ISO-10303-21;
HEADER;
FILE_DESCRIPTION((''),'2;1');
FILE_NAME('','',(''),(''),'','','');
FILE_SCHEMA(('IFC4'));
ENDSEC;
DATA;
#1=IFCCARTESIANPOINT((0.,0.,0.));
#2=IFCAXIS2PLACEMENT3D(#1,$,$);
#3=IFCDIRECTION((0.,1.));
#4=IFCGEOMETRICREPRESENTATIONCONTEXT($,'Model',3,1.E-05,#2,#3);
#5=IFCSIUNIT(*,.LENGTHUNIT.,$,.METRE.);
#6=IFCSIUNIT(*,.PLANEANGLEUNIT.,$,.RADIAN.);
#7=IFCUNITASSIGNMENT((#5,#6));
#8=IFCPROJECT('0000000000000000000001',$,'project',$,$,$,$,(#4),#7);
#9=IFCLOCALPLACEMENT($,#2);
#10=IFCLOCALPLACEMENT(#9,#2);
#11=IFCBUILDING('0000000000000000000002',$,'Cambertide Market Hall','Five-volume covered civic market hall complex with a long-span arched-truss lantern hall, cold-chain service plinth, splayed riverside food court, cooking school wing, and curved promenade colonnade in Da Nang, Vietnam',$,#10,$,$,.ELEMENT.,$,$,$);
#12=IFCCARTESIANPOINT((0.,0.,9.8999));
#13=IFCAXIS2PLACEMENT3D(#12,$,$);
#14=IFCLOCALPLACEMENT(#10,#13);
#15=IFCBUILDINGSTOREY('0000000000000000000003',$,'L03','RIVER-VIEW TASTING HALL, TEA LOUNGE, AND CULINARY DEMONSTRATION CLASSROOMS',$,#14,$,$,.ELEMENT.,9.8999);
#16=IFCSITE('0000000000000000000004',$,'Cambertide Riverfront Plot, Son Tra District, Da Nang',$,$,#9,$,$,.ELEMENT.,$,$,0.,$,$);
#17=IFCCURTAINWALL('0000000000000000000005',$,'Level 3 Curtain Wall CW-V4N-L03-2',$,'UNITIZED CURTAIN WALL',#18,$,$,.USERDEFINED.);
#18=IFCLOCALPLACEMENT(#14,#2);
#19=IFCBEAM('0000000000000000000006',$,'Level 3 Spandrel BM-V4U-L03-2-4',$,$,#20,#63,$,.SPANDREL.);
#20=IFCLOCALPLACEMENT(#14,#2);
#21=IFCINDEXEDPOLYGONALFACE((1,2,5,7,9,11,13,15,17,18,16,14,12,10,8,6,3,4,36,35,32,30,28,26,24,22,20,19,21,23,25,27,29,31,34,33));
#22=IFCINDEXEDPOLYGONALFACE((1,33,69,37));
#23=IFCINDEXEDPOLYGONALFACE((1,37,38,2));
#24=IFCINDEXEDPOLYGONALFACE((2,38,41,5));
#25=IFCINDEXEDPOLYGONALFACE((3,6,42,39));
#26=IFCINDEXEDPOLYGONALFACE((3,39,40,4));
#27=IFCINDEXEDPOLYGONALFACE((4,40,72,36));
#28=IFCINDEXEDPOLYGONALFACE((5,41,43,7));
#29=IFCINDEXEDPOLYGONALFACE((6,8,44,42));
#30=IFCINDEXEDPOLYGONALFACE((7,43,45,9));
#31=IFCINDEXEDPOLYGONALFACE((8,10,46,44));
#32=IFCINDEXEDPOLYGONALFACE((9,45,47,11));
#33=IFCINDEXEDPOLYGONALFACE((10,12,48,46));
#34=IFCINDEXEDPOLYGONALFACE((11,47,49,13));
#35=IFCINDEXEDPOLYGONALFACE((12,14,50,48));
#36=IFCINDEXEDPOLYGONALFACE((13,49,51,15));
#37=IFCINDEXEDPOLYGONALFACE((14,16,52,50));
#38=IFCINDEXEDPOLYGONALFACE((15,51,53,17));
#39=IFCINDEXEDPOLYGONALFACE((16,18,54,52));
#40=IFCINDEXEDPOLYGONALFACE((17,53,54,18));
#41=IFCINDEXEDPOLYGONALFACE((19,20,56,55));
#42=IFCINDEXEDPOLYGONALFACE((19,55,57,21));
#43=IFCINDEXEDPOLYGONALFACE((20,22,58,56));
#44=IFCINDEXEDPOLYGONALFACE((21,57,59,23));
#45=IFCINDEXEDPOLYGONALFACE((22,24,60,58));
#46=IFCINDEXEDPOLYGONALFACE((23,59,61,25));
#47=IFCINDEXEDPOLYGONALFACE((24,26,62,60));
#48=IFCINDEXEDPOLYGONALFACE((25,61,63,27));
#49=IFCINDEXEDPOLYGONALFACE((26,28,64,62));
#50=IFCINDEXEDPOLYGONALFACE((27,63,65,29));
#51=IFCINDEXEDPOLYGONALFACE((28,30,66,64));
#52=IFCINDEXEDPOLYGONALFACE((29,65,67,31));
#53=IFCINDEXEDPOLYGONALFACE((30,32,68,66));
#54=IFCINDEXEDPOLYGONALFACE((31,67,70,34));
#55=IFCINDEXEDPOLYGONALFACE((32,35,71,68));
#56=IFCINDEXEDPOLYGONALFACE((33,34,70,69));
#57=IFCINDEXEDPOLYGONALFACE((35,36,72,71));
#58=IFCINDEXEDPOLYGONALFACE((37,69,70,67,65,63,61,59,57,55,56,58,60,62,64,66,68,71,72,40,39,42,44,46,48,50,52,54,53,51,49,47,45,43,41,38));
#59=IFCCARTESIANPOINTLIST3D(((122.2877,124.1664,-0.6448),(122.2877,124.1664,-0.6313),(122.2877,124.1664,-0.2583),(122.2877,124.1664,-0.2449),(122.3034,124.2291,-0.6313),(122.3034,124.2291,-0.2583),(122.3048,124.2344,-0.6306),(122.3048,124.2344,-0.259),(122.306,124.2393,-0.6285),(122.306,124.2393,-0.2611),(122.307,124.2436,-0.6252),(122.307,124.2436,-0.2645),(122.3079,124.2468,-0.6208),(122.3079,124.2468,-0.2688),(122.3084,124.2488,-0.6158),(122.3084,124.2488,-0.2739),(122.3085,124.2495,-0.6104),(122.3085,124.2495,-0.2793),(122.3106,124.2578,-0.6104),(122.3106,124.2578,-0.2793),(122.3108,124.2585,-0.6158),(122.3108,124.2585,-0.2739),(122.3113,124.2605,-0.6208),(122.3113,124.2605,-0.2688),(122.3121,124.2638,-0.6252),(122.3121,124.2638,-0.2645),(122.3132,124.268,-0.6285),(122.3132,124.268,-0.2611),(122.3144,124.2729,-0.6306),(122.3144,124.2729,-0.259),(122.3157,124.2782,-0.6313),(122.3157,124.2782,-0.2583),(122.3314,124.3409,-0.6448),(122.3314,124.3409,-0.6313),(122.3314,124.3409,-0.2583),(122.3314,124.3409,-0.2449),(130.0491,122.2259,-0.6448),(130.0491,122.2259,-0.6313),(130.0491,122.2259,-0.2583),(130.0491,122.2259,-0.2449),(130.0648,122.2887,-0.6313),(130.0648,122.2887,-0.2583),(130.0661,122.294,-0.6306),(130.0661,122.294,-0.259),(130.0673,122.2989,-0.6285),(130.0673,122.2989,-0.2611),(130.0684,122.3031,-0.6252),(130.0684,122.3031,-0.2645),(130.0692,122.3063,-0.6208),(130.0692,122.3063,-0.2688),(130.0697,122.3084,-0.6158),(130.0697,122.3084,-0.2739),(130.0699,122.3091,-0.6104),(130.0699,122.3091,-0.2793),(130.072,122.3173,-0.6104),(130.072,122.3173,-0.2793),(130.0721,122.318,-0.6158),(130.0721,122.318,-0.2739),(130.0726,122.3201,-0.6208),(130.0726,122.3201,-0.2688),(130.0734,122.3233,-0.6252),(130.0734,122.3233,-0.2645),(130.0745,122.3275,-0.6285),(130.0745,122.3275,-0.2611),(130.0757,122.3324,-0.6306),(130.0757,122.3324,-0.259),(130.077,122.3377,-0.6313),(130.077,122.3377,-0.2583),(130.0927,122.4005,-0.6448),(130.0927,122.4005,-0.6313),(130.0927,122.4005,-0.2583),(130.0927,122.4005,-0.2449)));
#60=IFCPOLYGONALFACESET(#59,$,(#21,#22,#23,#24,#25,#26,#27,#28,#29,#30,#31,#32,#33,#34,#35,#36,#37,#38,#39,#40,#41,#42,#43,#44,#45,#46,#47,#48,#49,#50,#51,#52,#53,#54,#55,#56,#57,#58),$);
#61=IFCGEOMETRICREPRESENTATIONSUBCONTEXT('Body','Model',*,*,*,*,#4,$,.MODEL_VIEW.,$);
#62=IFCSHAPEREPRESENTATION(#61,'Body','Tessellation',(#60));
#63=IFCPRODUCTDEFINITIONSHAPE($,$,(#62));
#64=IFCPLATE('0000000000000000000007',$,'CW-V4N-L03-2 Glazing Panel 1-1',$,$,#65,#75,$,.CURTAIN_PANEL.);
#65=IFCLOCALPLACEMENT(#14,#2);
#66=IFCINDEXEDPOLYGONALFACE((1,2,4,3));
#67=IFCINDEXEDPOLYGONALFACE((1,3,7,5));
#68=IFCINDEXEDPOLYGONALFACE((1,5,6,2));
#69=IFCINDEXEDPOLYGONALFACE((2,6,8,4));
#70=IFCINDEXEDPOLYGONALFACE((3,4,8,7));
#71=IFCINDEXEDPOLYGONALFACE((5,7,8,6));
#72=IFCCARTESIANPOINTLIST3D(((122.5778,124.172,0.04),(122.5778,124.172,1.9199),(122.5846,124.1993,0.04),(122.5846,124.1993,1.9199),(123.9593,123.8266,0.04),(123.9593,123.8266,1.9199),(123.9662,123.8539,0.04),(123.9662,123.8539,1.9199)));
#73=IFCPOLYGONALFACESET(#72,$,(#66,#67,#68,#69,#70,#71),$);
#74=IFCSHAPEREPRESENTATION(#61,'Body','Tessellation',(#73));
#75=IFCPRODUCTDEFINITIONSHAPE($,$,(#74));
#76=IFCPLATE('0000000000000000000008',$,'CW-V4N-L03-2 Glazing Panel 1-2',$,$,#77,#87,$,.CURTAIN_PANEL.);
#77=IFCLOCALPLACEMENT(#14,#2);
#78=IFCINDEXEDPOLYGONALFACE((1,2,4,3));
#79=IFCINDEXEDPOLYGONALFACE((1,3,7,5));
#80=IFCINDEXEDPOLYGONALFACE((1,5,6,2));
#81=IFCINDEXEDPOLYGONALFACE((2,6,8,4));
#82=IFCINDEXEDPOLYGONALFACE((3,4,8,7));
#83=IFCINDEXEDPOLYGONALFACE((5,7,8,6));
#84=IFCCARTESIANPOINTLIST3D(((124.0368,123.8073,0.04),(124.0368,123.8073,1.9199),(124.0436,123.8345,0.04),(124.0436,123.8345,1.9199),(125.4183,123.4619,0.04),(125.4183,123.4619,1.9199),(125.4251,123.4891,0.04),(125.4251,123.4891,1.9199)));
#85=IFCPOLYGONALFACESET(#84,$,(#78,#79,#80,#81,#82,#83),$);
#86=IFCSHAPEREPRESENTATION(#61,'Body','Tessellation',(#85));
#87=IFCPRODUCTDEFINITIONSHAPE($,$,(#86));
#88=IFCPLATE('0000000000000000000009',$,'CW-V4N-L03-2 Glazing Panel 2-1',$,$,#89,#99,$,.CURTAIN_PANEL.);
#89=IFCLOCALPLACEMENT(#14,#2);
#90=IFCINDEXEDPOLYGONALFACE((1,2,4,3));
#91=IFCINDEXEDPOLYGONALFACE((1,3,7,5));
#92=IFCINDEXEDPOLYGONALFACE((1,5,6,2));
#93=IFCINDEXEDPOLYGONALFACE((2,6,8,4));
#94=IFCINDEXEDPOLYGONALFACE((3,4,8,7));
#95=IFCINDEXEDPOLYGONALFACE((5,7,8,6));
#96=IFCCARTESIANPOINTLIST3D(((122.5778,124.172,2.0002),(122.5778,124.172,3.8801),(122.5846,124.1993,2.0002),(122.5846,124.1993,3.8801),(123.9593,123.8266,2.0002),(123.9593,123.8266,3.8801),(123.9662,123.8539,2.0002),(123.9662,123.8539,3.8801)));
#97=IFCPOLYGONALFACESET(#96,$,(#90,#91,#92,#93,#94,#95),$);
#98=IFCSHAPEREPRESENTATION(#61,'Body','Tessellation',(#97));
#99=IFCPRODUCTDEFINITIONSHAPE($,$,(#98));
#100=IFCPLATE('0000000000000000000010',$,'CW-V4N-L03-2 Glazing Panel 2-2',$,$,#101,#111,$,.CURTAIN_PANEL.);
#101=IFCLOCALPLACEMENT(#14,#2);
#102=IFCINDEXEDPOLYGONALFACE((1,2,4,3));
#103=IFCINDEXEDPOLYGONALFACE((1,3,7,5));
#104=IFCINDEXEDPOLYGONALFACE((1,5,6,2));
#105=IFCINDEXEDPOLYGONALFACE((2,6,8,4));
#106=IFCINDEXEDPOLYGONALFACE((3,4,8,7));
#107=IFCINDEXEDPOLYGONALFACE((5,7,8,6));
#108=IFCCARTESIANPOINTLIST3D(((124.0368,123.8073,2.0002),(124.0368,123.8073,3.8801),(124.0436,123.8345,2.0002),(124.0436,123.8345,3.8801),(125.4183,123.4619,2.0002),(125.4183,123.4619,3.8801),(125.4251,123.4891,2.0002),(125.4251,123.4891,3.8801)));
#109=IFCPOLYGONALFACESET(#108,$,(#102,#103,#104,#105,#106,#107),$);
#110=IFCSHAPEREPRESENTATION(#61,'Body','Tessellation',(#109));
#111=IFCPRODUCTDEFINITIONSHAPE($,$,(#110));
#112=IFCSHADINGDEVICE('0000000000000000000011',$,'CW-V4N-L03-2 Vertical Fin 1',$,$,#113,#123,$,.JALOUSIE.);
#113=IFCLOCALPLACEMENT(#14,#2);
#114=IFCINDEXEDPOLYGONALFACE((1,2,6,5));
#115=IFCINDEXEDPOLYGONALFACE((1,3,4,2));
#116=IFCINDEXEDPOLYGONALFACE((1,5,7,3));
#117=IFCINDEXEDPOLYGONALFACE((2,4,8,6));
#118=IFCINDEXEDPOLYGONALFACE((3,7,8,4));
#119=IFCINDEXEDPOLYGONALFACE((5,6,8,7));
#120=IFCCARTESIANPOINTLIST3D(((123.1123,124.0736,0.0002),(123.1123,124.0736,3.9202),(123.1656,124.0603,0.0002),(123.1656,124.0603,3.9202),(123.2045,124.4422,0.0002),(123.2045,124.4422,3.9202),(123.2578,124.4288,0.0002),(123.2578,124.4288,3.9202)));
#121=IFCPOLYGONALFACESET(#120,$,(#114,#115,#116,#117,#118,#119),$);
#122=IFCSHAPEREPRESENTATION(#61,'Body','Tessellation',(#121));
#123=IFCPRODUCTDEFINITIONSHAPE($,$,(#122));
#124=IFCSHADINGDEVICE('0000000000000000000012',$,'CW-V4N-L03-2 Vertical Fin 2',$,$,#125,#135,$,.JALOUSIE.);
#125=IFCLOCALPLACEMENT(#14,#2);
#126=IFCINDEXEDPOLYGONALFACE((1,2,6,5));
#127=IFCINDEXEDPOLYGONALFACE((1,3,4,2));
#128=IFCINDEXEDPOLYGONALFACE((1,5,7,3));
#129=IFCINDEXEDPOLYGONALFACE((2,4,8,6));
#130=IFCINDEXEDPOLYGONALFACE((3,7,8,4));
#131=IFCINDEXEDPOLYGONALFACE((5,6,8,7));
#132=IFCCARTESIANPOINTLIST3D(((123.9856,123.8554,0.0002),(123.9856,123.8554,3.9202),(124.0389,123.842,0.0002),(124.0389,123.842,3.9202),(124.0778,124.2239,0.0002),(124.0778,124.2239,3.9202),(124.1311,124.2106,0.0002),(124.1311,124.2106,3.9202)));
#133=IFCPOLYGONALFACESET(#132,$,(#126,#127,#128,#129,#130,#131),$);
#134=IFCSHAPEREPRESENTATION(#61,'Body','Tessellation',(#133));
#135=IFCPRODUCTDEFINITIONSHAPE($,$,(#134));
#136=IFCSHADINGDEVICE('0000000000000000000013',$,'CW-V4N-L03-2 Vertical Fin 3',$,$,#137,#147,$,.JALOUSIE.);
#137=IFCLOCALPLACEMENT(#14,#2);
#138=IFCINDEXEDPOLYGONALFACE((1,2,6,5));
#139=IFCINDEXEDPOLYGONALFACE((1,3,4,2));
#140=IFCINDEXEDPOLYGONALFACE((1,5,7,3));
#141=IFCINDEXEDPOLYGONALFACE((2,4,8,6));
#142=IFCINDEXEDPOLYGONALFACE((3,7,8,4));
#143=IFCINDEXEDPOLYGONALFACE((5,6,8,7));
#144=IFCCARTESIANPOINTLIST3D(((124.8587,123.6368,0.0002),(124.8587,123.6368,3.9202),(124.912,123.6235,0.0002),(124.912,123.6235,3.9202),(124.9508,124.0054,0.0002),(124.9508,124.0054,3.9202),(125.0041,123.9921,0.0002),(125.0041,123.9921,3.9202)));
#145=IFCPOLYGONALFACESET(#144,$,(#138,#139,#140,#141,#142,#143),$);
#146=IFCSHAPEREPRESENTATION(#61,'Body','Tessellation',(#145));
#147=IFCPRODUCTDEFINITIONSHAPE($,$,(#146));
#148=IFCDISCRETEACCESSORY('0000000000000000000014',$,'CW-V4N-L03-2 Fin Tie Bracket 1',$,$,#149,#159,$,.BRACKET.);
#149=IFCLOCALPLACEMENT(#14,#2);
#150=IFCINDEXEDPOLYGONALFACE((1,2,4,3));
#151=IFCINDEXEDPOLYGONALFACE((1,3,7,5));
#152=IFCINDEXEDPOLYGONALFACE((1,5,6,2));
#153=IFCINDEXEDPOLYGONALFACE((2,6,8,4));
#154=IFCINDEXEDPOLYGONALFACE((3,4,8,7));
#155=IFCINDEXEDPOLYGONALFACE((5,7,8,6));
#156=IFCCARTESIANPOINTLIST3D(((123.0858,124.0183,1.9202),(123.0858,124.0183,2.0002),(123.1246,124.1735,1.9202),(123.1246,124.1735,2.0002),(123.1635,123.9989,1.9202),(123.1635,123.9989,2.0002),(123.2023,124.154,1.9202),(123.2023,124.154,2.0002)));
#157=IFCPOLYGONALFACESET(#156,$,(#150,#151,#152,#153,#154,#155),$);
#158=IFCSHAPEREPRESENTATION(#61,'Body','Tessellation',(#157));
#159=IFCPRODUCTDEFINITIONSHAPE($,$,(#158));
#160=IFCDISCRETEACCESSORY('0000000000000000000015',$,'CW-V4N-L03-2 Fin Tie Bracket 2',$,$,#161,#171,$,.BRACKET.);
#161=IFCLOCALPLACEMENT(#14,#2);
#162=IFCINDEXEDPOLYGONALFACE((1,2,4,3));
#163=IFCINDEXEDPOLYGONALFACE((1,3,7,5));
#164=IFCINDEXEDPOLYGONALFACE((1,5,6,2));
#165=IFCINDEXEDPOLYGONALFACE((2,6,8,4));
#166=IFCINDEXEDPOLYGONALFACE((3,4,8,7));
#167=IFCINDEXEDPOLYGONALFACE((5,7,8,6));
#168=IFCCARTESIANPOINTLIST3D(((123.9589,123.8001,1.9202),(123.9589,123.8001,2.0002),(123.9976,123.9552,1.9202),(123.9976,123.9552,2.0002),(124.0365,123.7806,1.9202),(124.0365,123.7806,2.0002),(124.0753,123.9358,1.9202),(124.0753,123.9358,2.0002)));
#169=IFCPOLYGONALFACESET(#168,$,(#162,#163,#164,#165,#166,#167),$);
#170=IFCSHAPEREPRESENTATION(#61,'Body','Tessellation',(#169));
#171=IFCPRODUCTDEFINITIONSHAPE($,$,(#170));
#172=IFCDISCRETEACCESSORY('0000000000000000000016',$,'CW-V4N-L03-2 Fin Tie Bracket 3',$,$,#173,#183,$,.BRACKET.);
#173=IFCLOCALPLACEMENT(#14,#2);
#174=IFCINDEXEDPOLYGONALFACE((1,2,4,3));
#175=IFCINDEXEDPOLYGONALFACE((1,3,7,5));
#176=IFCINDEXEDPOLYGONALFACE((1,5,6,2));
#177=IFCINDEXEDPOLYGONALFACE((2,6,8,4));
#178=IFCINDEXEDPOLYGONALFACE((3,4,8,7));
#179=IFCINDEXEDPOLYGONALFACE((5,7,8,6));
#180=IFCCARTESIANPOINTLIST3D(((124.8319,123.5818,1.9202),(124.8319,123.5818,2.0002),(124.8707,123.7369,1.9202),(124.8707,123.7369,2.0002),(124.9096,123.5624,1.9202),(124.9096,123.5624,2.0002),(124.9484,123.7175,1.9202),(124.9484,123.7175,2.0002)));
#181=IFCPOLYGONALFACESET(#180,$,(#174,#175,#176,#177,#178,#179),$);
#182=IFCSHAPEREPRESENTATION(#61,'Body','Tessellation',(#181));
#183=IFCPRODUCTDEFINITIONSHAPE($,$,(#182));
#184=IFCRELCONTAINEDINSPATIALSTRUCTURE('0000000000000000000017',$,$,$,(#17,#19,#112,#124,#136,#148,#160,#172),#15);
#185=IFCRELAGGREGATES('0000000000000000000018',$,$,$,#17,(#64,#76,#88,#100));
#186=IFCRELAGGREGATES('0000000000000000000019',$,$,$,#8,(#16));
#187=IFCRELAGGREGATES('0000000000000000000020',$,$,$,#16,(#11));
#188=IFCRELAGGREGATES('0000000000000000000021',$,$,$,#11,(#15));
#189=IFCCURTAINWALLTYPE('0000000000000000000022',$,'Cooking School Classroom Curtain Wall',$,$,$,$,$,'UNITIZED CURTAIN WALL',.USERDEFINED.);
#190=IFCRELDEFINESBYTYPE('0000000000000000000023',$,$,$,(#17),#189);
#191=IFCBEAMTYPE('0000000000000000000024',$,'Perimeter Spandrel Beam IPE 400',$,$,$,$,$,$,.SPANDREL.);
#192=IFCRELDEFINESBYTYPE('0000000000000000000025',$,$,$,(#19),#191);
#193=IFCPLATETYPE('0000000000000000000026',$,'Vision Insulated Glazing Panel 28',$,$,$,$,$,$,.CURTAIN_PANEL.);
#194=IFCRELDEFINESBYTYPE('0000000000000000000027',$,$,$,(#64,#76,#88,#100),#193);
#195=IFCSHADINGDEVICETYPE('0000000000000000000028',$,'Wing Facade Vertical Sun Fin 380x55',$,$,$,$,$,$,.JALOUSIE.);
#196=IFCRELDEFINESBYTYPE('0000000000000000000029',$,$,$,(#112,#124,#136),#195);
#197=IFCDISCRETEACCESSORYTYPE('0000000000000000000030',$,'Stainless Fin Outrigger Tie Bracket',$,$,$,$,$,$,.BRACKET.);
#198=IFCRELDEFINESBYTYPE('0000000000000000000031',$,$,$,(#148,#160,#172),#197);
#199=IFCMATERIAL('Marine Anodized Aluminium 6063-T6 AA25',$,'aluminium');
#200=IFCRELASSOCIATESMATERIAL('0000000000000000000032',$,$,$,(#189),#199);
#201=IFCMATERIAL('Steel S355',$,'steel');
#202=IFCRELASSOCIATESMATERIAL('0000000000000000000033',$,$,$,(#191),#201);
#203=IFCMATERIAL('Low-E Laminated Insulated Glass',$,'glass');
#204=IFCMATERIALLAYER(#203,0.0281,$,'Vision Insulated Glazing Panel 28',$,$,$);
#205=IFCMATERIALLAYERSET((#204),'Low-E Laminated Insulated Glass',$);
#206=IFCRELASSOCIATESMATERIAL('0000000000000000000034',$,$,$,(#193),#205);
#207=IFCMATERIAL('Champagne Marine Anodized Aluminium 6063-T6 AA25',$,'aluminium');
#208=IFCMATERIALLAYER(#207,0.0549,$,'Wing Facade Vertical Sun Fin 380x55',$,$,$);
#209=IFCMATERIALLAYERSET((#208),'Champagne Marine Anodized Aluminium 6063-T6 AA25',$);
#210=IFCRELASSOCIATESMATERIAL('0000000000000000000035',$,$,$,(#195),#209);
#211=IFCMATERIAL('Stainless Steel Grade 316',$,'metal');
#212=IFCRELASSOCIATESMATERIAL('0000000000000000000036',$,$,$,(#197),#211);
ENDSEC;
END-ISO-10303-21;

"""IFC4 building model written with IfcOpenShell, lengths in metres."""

from ifc_helpers import new_model, si_unit, direction, frame, origin, origin_2d, place, context, subcontext, project, spatial, rectangle, i_section, extrude, material, layer, layer_set, material_profile, profile_set, type_object, element, aggregate, save


model = new_model("IFC4")

# Units and contexts
model_context = context("Model", 3, precision=1e-05, world=origin(), true_north=direction((0.0, 1.0)))
body_context = subcontext(model_context, "Body", "Model", "MODEL_VIEW")
ifc_project = project(units=[si_unit("LENGTHUNIT", "METRE"), si_unit("PLANEANGLEUNIT", "RADIAN")], contexts=[model_context])

# Site, building, storey
site_placement = place(None, origin())
site = spatial("IfcSite", under=ifc_project, at=site_placement, Name="Cambertide Riverfront Plot, Son Tra District, Da Nang", CompositionType="ELEMENT", RefElevation=0.0)
building_placement = place(site_placement, origin())
building = spatial("IfcBuilding", under=site, at=building_placement, Name="Cambertide Market Hall", Description="Five-volume covered civic market hall complex with a long-span arched-truss lantern hall, cold-chain service plinth, splayed riverside food court, cooking school wing, and curved promenade colonnade in Da Nang, Vietnam", CompositionType="ELEMENT")
storey_placement = place(building_placement, frame((0.0, 0.0, 9.8999)))
storey = spatial("IfcBuildingStorey", under=building, at=storey_placement, Name="L03", Description="RIVER-VIEW TASTING HALL, TEA LOUNGE, AND CULINARY DEMONSTRATION CLASSROOMS", CompositionType="ELEMENT", Elevation=9.8999)

# Curtain wall
ifc_material_1 = material(Name="Marine Anodized Aluminium 6063-T6 AA25", Category="aluminium")
curtain_wall_type = type_object("IfcCurtainWallType", Name="Cooking School Classroom Curtain Wall", ElementType="UNITIZED CURTAIN WALL", PredefinedType="USERDEFINED", material=ifc_material_1)
curtain_wall_placement = place(storey_placement, origin())
curtain_wall = element("IfcCurtainWall", 1, at=curtain_wall_placement, inside=storey, type_object=curtain_wall_type, Name="Level 3 Curtain Wall CW-V4N-L03-2", ObjectType="UNITIZED CURTAIN WALL", PredefinedType="USERDEFINED")

# Beam
ifc_material_2 = material(Name="Steel S355", Category="steel")
ifc_material_profile_1 = material_profile(ifc_material_2, i_section(OverallWidth=0.1799, OverallDepth=0.3999, WebThickness=0.0085, FlangeThickness=0.0134, FilletRadius=0.021, at=origin_2d()), Name="IPE 400")
ifc_profile_set_1 = profile_set([ifc_material_profile_1], Name="Steel S355")
beam_type = type_object("IfcBeamType", Name="Perimeter Spandrel Beam IPE 400", PredefinedType="SPANDREL", material=ifc_profile_set_1)
beam_placement = place(storey_placement, frame((122.3096, 124.2537, -0.4448), z_axis=(0.970139, -0.24255, 0.0), x_axis=(0.24255, 0.970139, 0.0)))
element("IfcBeam", 2, at=beam_placement, inside=storey, type_object=beam_type, Name="Level 3 Spandrel BM-V4U-L03-2-4", PredefinedType="SPANDREL", context=body_context, shape_type="SweptSolid", body=[
    extrude(i_section(OverallWidth=0.1799, OverallDepth=0.3999, WebThickness=0.0085, FlangeThickness=0.0134, FilletRadius=0.021, at=origin_2d()), origin(), (0.0, 0.0, 1.0), 8.0002),
])

# Plates
ifc_material_3 = material(Name="Low-E Laminated Insulated Glass", Category="glass")
ifc_layer_1 = layer(ifc_material_3, 0.0281, Name="Vision Insulated Glazing Panel 28")
ifc_layer_set_1 = layer_set([ifc_layer_1], Name="Low-E Laminated Insulated Glass")
plate_type = type_object("IfcPlateType", Name="Vision Insulated Glazing Panel 28", PredefinedType="CURTAIN_PANEL", material=ifc_layer_set_1)
plate_1_placement = place(storey_placement, frame((123.272, 124.0129, 0.04), z_axis=(0.0, 0.0, 1.0), x_axis=(0.970143, -0.242536, 0.0)))
plate_1 = element("IfcPlate", 3, at=plate_1_placement, type_object=plate_type, Name="CW-V4N-L03-2 Glazing Panel 1-1", PredefinedType="CURTAIN_PANEL", context=body_context, shape_type="SweptSolid", body=[
    extrude(rectangle(XDim=1.4241, YDim=0.0281, at=origin_2d()), origin(), (0.0, 0.0, 1.0), 1.8799),
])
plate_2_placement = place(storey_placement, frame((124.731, 123.6482, 0.04), z_axis=(0.0, 0.0, 1.0), x_axis=(0.970143, -0.242536, 0.0)))
plate_2 = element("IfcPlate", 4, at=plate_2_placement, type_object=plate_type, Name="CW-V4N-L03-2 Glazing Panel 1-2", PredefinedType="CURTAIN_PANEL", context=body_context, shape_type="SweptSolid", body=[
    extrude(rectangle(XDim=1.4241, YDim=0.0281, at=origin_2d()), origin(), (0.0, 0.0, 1.0), 1.8799),
])
plate_3_placement = place(storey_placement, frame((123.272, 124.0129, 2.0002), z_axis=(0.0, 0.0, 1.0), x_axis=(0.970143, -0.242536, 0.0)))
plate_3 = element("IfcPlate", 5, at=plate_3_placement, type_object=plate_type, Name="CW-V4N-L03-2 Glazing Panel 2-1", PredefinedType="CURTAIN_PANEL", context=body_context, shape_type="SweptSolid", body=[
    extrude(rectangle(XDim=1.4241, YDim=0.0281, at=origin_2d()), origin(), (0.0, 0.0, 1.0), 1.8799),
])
plate_4_placement = place(storey_placement, frame((124.731, 123.6482, 2.0002), z_axis=(0.0, 0.0, 1.0), x_axis=(0.970143, -0.242536, 0.0)))
plate_4 = element("IfcPlate", 6, at=plate_4_placement, type_object=plate_type, Name="CW-V4N-L03-2 Glazing Panel 2-2", PredefinedType="CURTAIN_PANEL", context=body_context, shape_type="SweptSolid", body=[
    extrude(rectangle(XDim=1.4241, YDim=0.0281, at=origin_2d()), origin(), (0.0, 0.0, 1.0), 1.8799),
])
aggregate(curtain_wall, [plate_1, plate_2, plate_3, plate_4])

# Shading devices
ifc_material_4 = material(Name="Champagne Marine Anodized Aluminium 6063-T6 AA25", Category="aluminium")
ifc_layer_2 = layer(ifc_material_4, 0.0549, Name="Wing Facade Vertical Sun Fin 380x55")
ifc_layer_set_2 = layer_set([ifc_layer_2], Name="Champagne Marine Anodized Aluminium 6063-T6 AA25")
shading_device_type = type_object("IfcShadingDeviceType", Name="Wing Facade Vertical Sun Fin 380x55", PredefinedType="JALOUSIE", material=ifc_layer_set_2)
for number, where, z_axis, x_axis, name in (
    (7, (123.1851, 124.2512, 0.0002), (0.0, 0.0, 1.0), (0.970143, -0.242536, 0.0), "CW-V4N-L03-2 Vertical Fin 1"),
    (8, (124.0583, 124.033, 0.0002), (0.0, 0.0, 1.0), (0.970143, -0.242536, 0.0), "CW-V4N-L03-2 Vertical Fin 2"),
    (9, (124.9314, 123.8145, 0.0002), (0.0, 0.0, 1.0), (0.970143, -0.242536, 0.0), "CW-V4N-L03-2 Vertical Fin 3"),
):
    element("IfcShadingDevice", number, at=place(storey_placement, frame(where, z_axis=z_axis, x_axis=x_axis)), inside=storey, type_object=shading_device_type, Name=name, PredefinedType="JALOUSIE", context=body_context, shape_type="SweptSolid", body=[
        extrude(rectangle(XDim=0.0549, YDim=0.3799, at=origin_2d()), origin(), (0.0, 0.0, 1.0), 3.9199),
    ])

# Discrete accessories
ifc_material_5 = material(Name="Stainless Steel Grade 316", Category="metal")
discrete_accessory_type = type_object("IfcDiscreteAccessoryType", Name="Stainless Fin Outrigger Tie Bracket", PredefinedType="BRACKET", material=ifc_material_5)
for number, where, z_axis, x_axis, name in (
    (10, (123.144, 124.0862, 1.9202), (0.0, 0.0, 1.0), (0.970143, -0.242536, 0.0), "CW-V4N-L03-2 Fin Tie Bracket 1"),
    (11, (124.0171, 123.8679, 1.9202), (0.0, 0.0, 1.0), (0.970143, -0.242536, 0.0), "CW-V4N-L03-2 Fin Tie Bracket 2"),
    (12, (124.8901, 123.6497, 1.9202), (0.0, 0.0, 1.0), (0.970143, -0.242536, 0.0), "CW-V4N-L03-2 Fin Tie Bracket 3"),
):
    element("IfcDiscreteAccessory", number, at=place(storey_placement, frame(where, z_axis=z_axis, x_axis=x_axis)), inside=storey, type_object=discrete_accessory_type, Name=name, PredefinedType="BRACKET", context=body_context, shape_type="SweptSolid", body=[
        extrude(rectangle(XDim=0.0801, YDim=0.1599, at=origin_2d()), origin(), (0.0, 0.0, 1.0), 0.0801),
    ])

save(model, "model.ifc")
